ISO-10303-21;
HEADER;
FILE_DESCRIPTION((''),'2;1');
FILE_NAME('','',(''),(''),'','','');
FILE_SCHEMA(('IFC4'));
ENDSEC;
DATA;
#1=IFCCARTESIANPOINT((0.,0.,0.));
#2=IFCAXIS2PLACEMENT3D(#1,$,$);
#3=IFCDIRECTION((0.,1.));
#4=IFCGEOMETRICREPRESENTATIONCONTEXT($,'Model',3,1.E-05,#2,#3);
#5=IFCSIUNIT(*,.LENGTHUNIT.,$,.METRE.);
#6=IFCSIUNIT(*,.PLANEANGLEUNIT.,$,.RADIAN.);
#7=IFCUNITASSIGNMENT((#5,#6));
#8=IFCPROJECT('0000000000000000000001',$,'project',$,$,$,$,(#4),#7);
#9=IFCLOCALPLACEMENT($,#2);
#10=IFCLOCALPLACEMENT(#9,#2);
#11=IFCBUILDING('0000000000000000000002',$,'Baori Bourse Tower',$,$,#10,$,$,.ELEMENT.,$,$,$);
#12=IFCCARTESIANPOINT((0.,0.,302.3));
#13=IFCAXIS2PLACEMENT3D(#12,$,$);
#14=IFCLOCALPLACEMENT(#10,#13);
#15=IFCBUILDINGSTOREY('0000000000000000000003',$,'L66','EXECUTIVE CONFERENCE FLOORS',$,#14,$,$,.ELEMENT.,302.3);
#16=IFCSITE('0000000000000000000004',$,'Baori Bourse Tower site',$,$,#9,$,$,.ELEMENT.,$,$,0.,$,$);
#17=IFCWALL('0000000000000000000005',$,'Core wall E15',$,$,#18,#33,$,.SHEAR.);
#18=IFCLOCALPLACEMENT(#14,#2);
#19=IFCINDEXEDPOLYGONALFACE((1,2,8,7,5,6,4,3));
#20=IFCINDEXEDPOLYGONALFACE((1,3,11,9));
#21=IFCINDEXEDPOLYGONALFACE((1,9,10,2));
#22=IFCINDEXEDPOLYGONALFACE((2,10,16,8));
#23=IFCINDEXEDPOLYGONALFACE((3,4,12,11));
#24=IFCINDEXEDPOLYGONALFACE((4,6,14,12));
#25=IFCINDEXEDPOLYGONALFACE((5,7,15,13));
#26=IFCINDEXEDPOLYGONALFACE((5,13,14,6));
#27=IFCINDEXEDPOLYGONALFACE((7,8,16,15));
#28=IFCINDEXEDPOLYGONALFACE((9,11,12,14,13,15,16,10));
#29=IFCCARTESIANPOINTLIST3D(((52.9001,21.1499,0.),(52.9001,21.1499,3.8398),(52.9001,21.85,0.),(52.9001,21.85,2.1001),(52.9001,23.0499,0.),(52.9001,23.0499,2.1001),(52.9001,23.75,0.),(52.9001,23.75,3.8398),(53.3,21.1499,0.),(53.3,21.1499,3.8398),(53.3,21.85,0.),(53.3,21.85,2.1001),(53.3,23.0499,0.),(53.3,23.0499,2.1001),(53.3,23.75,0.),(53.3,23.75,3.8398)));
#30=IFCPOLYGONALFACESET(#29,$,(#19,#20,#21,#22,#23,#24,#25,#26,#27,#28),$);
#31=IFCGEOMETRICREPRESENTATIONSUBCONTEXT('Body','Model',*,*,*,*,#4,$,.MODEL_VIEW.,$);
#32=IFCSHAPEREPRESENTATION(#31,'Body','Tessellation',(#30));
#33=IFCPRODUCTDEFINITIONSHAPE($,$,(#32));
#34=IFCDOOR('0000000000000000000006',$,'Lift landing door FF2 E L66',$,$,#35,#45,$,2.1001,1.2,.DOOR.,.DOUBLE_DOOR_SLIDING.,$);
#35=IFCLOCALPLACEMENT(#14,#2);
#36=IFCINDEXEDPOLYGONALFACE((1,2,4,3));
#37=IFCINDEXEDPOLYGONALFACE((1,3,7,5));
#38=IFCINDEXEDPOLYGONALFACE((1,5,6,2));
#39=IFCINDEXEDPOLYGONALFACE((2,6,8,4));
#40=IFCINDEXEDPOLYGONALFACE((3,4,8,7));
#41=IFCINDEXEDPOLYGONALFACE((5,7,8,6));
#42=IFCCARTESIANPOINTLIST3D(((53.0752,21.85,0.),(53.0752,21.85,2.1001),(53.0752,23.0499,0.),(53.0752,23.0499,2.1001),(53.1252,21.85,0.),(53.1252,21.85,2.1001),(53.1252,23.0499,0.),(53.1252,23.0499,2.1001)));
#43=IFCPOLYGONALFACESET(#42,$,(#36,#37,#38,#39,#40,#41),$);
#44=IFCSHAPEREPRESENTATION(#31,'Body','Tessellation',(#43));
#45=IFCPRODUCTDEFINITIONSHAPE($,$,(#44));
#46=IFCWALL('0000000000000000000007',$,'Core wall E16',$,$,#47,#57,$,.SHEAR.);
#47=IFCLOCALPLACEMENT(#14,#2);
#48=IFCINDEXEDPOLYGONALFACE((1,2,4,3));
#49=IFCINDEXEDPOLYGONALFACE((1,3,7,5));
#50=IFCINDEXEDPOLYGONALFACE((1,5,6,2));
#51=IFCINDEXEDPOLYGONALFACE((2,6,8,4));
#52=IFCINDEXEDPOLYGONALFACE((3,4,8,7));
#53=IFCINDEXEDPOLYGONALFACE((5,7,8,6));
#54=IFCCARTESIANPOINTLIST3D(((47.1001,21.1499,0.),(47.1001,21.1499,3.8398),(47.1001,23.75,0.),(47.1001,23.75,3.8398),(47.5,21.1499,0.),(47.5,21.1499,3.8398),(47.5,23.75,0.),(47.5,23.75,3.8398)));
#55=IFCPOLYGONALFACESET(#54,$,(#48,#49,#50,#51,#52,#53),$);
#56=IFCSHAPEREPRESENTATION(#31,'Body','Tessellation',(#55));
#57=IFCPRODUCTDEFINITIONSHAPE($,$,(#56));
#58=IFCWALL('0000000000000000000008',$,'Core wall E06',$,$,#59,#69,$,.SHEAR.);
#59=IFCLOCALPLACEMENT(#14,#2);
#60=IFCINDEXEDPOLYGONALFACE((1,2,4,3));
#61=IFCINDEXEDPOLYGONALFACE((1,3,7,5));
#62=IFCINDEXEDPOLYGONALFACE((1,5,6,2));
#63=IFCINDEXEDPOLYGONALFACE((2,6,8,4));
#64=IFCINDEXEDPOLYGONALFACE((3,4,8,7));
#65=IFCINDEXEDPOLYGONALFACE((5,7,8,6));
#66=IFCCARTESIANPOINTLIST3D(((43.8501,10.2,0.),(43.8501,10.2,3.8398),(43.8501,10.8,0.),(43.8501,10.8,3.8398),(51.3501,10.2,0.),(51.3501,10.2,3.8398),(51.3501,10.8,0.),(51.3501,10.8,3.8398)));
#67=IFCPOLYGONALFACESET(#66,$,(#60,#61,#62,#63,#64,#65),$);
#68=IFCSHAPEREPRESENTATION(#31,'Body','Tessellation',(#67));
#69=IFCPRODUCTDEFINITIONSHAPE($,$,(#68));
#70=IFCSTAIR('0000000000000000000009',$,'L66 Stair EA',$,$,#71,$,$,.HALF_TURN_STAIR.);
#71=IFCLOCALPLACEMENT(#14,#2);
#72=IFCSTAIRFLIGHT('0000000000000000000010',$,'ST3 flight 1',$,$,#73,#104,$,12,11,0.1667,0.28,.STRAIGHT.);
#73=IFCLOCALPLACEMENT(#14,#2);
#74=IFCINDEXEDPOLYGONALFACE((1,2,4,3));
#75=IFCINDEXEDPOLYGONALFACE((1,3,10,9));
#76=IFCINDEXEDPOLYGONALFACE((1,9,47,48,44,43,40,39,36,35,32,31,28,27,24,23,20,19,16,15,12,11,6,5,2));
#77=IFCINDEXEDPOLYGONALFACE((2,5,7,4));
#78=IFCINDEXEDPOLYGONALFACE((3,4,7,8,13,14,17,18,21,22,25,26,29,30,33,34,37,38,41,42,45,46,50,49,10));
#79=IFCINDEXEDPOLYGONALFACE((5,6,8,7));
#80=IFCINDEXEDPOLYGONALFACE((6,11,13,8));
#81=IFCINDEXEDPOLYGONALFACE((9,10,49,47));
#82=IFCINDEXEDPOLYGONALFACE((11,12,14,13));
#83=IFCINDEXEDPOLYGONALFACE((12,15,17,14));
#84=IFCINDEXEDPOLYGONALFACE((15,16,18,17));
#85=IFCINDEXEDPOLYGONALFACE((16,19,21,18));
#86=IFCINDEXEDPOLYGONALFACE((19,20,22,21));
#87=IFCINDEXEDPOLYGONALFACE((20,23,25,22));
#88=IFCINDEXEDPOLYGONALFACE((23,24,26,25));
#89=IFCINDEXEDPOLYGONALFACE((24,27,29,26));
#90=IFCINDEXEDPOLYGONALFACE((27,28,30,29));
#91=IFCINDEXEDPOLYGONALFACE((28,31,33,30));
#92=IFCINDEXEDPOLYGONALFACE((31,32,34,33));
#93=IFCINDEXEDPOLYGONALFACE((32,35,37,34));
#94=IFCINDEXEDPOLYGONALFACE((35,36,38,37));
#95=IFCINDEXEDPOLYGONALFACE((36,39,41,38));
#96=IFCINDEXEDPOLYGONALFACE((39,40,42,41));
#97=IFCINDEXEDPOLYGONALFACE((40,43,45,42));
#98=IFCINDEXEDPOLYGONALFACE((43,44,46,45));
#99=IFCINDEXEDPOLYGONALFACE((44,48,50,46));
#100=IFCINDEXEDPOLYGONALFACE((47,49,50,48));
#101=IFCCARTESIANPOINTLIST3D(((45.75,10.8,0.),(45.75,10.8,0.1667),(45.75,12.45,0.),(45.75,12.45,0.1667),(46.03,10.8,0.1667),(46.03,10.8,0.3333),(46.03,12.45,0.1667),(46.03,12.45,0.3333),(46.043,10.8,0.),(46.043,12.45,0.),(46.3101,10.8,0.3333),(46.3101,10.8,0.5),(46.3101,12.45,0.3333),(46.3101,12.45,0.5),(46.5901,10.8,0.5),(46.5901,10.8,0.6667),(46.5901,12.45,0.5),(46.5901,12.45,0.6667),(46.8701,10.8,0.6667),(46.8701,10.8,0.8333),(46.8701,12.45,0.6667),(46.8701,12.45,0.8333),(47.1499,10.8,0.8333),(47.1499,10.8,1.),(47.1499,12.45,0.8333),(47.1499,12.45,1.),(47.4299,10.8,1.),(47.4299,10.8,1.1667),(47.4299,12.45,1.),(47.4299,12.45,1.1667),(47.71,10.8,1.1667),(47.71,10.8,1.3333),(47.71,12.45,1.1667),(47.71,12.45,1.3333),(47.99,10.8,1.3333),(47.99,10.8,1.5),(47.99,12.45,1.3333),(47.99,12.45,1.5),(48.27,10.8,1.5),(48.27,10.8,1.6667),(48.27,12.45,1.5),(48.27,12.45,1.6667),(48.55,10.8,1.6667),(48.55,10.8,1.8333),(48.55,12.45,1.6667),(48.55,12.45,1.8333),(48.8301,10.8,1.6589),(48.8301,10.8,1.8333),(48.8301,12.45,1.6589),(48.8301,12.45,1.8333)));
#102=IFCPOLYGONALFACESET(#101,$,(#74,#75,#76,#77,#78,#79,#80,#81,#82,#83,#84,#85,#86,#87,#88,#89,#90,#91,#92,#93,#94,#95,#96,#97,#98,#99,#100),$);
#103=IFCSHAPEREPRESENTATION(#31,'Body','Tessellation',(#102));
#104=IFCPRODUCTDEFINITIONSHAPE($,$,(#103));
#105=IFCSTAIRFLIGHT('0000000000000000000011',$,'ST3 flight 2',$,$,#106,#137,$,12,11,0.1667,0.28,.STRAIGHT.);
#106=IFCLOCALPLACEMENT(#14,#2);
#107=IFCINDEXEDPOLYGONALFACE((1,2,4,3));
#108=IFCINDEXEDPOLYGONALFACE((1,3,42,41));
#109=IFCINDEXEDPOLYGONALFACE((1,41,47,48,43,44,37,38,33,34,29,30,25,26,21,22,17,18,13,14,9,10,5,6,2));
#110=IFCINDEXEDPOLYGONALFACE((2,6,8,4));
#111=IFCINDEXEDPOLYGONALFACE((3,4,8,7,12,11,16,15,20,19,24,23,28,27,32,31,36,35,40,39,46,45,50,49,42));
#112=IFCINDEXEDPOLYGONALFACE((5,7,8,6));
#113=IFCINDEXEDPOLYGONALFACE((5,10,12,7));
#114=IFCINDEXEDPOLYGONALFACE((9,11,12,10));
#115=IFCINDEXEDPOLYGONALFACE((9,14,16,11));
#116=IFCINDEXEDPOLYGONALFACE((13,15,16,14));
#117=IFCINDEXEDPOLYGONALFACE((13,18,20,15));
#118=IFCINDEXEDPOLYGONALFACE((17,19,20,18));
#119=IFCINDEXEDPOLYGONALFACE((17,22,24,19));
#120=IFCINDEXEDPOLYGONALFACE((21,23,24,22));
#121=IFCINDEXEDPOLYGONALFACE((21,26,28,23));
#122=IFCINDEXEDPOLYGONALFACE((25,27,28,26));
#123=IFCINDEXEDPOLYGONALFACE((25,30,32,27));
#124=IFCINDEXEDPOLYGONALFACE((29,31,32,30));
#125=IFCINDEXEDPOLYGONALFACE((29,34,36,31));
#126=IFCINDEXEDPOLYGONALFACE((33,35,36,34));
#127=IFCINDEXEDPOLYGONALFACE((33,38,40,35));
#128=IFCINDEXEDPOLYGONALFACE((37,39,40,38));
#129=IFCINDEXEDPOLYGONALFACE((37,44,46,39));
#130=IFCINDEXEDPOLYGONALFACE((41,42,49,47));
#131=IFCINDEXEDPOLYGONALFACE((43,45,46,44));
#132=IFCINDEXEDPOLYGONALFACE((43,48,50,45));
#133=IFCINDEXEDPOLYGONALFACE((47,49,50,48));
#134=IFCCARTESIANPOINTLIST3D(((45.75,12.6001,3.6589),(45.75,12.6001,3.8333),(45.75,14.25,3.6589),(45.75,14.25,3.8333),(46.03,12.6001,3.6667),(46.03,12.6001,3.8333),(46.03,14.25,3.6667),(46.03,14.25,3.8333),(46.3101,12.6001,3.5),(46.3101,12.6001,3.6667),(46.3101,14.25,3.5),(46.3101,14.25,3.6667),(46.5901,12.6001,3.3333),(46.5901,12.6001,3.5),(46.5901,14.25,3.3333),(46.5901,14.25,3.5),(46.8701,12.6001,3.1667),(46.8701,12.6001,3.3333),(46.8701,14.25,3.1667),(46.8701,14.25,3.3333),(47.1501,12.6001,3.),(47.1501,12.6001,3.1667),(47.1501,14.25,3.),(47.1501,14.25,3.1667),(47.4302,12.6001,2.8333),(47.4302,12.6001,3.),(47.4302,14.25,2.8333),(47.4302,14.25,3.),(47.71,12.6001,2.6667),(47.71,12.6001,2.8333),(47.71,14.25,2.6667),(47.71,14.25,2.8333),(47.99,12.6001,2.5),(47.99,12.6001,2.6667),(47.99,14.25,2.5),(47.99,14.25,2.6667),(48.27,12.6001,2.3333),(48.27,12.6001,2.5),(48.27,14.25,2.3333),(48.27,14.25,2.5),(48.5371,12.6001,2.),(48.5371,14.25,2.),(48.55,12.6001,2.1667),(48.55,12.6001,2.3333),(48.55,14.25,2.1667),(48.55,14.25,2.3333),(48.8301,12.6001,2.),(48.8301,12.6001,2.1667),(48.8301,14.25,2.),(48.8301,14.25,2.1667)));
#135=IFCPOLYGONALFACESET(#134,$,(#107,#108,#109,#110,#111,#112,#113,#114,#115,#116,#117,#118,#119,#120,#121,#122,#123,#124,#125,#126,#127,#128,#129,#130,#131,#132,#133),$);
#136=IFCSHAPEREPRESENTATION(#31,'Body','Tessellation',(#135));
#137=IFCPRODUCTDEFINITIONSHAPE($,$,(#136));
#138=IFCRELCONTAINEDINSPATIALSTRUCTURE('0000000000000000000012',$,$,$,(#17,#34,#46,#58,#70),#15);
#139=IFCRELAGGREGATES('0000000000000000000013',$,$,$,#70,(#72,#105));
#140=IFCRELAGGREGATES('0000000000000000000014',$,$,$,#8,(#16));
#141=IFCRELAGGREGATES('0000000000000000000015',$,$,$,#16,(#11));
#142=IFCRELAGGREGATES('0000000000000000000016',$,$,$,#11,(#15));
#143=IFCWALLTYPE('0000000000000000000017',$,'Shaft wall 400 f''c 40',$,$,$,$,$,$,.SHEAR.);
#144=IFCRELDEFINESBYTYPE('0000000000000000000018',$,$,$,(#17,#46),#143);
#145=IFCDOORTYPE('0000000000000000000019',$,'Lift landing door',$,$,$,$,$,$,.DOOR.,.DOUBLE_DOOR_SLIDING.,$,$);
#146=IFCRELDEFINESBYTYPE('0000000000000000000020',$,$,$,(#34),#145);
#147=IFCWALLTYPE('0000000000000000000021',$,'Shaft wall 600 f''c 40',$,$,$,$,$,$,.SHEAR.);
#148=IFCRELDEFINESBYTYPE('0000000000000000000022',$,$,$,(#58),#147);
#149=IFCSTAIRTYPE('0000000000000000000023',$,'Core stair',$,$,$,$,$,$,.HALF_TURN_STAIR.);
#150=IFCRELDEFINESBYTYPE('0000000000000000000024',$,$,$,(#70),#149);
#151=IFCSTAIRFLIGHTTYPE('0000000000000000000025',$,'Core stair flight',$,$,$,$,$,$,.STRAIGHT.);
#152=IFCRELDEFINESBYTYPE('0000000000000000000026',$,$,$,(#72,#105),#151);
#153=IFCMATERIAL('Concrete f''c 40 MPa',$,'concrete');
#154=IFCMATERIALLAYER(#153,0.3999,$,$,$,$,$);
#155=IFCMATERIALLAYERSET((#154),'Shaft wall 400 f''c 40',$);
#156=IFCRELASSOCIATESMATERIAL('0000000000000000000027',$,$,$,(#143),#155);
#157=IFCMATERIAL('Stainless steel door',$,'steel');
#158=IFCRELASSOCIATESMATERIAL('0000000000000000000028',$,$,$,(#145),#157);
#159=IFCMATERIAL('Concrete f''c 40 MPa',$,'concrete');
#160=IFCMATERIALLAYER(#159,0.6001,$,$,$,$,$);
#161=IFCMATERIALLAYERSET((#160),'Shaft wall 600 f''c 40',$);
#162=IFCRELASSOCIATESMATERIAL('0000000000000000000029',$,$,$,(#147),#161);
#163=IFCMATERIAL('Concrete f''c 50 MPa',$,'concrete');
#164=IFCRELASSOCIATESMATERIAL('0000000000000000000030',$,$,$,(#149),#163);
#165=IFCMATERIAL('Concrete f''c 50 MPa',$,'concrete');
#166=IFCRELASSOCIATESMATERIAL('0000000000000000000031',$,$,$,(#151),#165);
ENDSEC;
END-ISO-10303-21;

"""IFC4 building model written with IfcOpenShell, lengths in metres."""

from ifc_helpers import new_model, si_unit, direction, frame, frame_2d, origin, place, context, subcontext, project, spatial, polyline, rectangle, outline, extrude, material, layer, layer_set, type_object, element, fill, aggregate, save


model = new_model("IFC4")

# Units and contexts
model_context = context("Model", 3, precision=1e-05, world=origin(), true_north=direction((0.0, 1.0)))
body_context = subcontext(model_context, "Body", "Model", "MODEL_VIEW")
ifc_project = project(units=[si_unit("LENGTHUNIT", "METRE"), si_unit("PLANEANGLEUNIT", "RADIAN")], contexts=[model_context])

# Site, building, storey
site_placement = place(None, origin())
site = spatial("IfcSite", under=ifc_project, at=site_placement, Name="Baori Bourse Tower site", CompositionType="ELEMENT", RefElevation=0.0)
building_placement = place(site_placement, origin())
building = spatial("IfcBuilding", under=site, at=building_placement, Name="Baori Bourse Tower", CompositionType="ELEMENT")
storey_placement = place(building_placement, frame((0.0, 0.0, 302.3)))
storey = spatial("IfcBuildingStorey", under=building, at=storey_placement, Name="L66", Description="EXECUTIVE CONFERENCE FLOORS", CompositionType="ELEMENT", Elevation=302.3)

# Shared definitions
ifc_material_1 = material(Name="Concrete f'c 40 MPa", Category="concrete")
ifc_layer_1 = layer(ifc_material_1, 0.3999)
ifc_layer_set_1 = layer_set([ifc_layer_1], Name="Shaft wall 400 f'c 40")
wall_type_1 = type_object("IfcWallType", Name="Shaft wall 400 f'c 40", PredefinedType="SHEAR", material=ifc_layer_set_1)

# Wall, opening, door
wall_1_placement = place(storey_placement, frame((53.1001, 21.1499, 0.0), z_axis=(0.0, 0.0, 1.0), x_axis=(0.0, 1.0, 0.0)))
wall_1 = element("IfcWall", 1, at=wall_1_placement, inside=storey, type_object=wall_type_1, Name="Core wall E15", PredefinedType="SHEAR", context=body_context, shape_type="SweptSolid", body=[
    extrude(rectangle(XDim=2.6001, YDim=0.3999, at=frame_2d((1.3, 0.0))), origin(), (0.0, 0.0, 1.0), 3.8398),
])
opening_1_placement = place(wall_1_placement, frame((0.7, 0.0, 0.0)))
opening_1 = element("IfcOpeningElement", 2, at=opening_1_placement, cuts=wall_1, PredefinedType="OPENING", context=body_context, shape_type="SweptSolid", body=[
    extrude(rectangle(XDim=1.2, YDim=2.1001, at=frame_2d((0.6001, 1.05))), frame((0.0, 0.21, 0.0), z_axis=(0.0, -1.0, 0.0), x_axis=(1.0, 0.0, 0.0)), (0.0, 0.0, 1.0), 0.4199),
])
ifc_material_2 = material(Name="Stainless steel door", Category="steel")
door_type_1 = type_object("IfcDoorType", Name="Lift landing door", OperationType="DOUBLE_DOOR_SLIDING", PredefinedType="DOOR", material=ifc_material_2)
door_1_placement = place(opening_1_placement, origin())
door_1 = element("IfcDoor", 3, at=door_1_placement, inside=storey, type_object=door_type_1, Name="Lift landing door FF2 E L66", OperationType="DOUBLE_DOOR_SLIDING", OverallHeight=2.1001, OverallWidth=1.2, PredefinedType="DOOR", context=body_context, shape_type="SweptSolid", body=[
    extrude(rectangle(XDim=1.2, YDim=2.1001, at=frame_2d((0.6001, 1.05))), frame((0.0, 0.0249, 0.0), z_axis=(0.0, -1.0, 0.0), x_axis=(1.0, 0.0, 0.0)), (0.0, 0.0, 1.0), 0.05),
])
fill(opening_1, door_1)

# Walls
wall_2_placement = place(storey_placement, frame((47.3, 21.1499, 0.0), z_axis=(0.0, 0.0, 1.0), x_axis=(0.0, 1.0, 0.0)))
element("IfcWall", 4, at=wall_2_placement, inside=storey, type_object=wall_type_1, Name="Core wall E16", PredefinedType="SHEAR", context=body_context, shape_type="SweptSolid", body=[
    extrude(rectangle(XDim=2.6001, YDim=0.3999, at=frame_2d((1.3, 0.0))), origin(), (0.0, 0.0, 1.0), 3.8398),
])
ifc_material_3 = material(Name="Concrete f'c 40 MPa", Category="concrete")
ifc_layer_2 = layer(ifc_material_3, 0.6001)
ifc_layer_set_2 = layer_set([ifc_layer_2], Name="Shaft wall 600 f'c 40")
wall_type_2 = type_object("IfcWallType", Name="Shaft wall 600 f'c 40", PredefinedType="SHEAR", material=ifc_layer_set_2)
wall_3_placement = place(storey_placement, frame((43.8501, 10.5, 0.0), z_axis=(0.0, 0.0, 1.0), x_axis=(1.0, 0.0, 0.0)))
element("IfcWall", 5, at=wall_3_placement, inside=storey, type_object=wall_type_2, Name="Core wall E06", PredefinedType="SHEAR", context=body_context, shape_type="SweptSolid", body=[
    extrude(rectangle(XDim=7.5, YDim=0.6001, at=frame_2d((3.75, 0.0))), origin(), (0.0, 0.0, 1.0), 3.8398),
])

# Stair, stair flights
ifc_material_4 = material(Name="Concrete f'c 50 MPa", Category="concrete")
stair_type = type_object("IfcStairType", Name="Core stair", PredefinedType="HALF_TURN_STAIR", material=ifc_material_4)
stair_placement = place(storey_placement, origin())
stair = element("IfcStair", 6, at=stair_placement, inside=storey, type_object=stair_type, Name="L66 Stair EA", PredefinedType="HALF_TURN_STAIR")
ifc_material_5 = material(Name="Concrete f'c 50 MPa", Category="concrete")
stair_flight_type = type_object("IfcStairFlightType", Name="Core stair flight", PredefinedType="STRAIGHT", material=ifc_material_5)
stair_flight_1_placement = place(storey_placement, frame((45.75, 11.625, 0.0), z_axis=(0.0, 0.0, 1.0), x_axis=(1.0, 0.0, 0.0)))
stair_flight_1 = element("IfcStairFlight", 7, at=stair_flight_1_placement, type_object=stair_flight_type, Name="ST3 flight 1", NumberOfRisers=12, NumberOfTreads=11, PredefinedType="STRAIGHT", RiserHeight=0.1667, TreadLength=0.28, context=body_context, shape_type="SweptSolid", body=[
    extrude(outline(polyline([(0.0, 0.0), (0.0, 0.1667), (0.28, 0.1667), (0.28, 0.3333), (0.5601, 0.3333), (0.5601, 0.5), (0.8401, 0.5), (0.8401, 0.6667), (1.1201, 0.6667), (1.1201, 0.8333), (1.3999, 0.8333), (1.3999, 1.0), (1.6799, 1.0), (1.6799, 1.1667), (1.96, 1.1667), (1.96, 1.3333), (2.24, 1.3333), (2.24, 1.5), (2.52, 1.5), (2.52, 1.6667), (2.8, 1.6667), (2.8, 1.8333), (3.0801, 1.8333), (3.0801, 2.0), (3.0801, 1.6589), (0.293, 0.0), (0.0, 0.0)])), frame((0.0, 0.825, 0.0), z_axis=(0.0, -1.0, 0.0), x_axis=(1.0, 0.0, 0.0)), (0.0, 0.0, 1.0), 1.6499),
])
stair_flight_2_placement = place(storey_placement, frame((48.8301, 13.425, 2.0), z_axis=(0.0, 0.0, 1.0), x_axis=(-1.0, 0.0, 0.0)))
stair_flight_2 = element("IfcStairFlight", 8, at=stair_flight_2_placement, type_object=stair_flight_type, Name="ST3 flight 2", NumberOfRisers=12, NumberOfTreads=11, PredefinedType="STRAIGHT", RiserHeight=0.1667, TreadLength=0.28, context=body_context, shape_type="SweptSolid", body=[
    extrude(outline(polyline([(0.0, 0.0), (0.0, 0.1667), (0.28, 0.1667), (0.28, 0.3333), (0.5601, 0.3333), (0.5601, 0.5), (0.8401, 0.5), (0.8401, 0.6667), (1.1201, 0.6667), (1.1201, 0.8333), (1.3999, 0.8333), (1.3999, 1.0), (1.6799, 1.0), (1.6799, 1.1667), (1.96, 1.1667), (1.96, 1.3333), (2.24, 1.3333), (2.24, 1.5), (2.52, 1.5), (2.52, 1.6667), (2.8, 1.6667), (2.8, 1.8333), (3.0801, 1.8333), (3.0801, 2.0), (3.0801, 1.6589), (0.293, 0.0), (0.0, 0.0)])), frame((0.0, 0.825, 0.0), z_axis=(0.0, -1.0, 0.0), x_axis=(1.0, 0.0, 0.0)), (0.0, 0.0, 1.0), 1.6499),
])
aggregate(stair, [stair_flight_1, stair_flight_2])

save(model, "model.ifc")
